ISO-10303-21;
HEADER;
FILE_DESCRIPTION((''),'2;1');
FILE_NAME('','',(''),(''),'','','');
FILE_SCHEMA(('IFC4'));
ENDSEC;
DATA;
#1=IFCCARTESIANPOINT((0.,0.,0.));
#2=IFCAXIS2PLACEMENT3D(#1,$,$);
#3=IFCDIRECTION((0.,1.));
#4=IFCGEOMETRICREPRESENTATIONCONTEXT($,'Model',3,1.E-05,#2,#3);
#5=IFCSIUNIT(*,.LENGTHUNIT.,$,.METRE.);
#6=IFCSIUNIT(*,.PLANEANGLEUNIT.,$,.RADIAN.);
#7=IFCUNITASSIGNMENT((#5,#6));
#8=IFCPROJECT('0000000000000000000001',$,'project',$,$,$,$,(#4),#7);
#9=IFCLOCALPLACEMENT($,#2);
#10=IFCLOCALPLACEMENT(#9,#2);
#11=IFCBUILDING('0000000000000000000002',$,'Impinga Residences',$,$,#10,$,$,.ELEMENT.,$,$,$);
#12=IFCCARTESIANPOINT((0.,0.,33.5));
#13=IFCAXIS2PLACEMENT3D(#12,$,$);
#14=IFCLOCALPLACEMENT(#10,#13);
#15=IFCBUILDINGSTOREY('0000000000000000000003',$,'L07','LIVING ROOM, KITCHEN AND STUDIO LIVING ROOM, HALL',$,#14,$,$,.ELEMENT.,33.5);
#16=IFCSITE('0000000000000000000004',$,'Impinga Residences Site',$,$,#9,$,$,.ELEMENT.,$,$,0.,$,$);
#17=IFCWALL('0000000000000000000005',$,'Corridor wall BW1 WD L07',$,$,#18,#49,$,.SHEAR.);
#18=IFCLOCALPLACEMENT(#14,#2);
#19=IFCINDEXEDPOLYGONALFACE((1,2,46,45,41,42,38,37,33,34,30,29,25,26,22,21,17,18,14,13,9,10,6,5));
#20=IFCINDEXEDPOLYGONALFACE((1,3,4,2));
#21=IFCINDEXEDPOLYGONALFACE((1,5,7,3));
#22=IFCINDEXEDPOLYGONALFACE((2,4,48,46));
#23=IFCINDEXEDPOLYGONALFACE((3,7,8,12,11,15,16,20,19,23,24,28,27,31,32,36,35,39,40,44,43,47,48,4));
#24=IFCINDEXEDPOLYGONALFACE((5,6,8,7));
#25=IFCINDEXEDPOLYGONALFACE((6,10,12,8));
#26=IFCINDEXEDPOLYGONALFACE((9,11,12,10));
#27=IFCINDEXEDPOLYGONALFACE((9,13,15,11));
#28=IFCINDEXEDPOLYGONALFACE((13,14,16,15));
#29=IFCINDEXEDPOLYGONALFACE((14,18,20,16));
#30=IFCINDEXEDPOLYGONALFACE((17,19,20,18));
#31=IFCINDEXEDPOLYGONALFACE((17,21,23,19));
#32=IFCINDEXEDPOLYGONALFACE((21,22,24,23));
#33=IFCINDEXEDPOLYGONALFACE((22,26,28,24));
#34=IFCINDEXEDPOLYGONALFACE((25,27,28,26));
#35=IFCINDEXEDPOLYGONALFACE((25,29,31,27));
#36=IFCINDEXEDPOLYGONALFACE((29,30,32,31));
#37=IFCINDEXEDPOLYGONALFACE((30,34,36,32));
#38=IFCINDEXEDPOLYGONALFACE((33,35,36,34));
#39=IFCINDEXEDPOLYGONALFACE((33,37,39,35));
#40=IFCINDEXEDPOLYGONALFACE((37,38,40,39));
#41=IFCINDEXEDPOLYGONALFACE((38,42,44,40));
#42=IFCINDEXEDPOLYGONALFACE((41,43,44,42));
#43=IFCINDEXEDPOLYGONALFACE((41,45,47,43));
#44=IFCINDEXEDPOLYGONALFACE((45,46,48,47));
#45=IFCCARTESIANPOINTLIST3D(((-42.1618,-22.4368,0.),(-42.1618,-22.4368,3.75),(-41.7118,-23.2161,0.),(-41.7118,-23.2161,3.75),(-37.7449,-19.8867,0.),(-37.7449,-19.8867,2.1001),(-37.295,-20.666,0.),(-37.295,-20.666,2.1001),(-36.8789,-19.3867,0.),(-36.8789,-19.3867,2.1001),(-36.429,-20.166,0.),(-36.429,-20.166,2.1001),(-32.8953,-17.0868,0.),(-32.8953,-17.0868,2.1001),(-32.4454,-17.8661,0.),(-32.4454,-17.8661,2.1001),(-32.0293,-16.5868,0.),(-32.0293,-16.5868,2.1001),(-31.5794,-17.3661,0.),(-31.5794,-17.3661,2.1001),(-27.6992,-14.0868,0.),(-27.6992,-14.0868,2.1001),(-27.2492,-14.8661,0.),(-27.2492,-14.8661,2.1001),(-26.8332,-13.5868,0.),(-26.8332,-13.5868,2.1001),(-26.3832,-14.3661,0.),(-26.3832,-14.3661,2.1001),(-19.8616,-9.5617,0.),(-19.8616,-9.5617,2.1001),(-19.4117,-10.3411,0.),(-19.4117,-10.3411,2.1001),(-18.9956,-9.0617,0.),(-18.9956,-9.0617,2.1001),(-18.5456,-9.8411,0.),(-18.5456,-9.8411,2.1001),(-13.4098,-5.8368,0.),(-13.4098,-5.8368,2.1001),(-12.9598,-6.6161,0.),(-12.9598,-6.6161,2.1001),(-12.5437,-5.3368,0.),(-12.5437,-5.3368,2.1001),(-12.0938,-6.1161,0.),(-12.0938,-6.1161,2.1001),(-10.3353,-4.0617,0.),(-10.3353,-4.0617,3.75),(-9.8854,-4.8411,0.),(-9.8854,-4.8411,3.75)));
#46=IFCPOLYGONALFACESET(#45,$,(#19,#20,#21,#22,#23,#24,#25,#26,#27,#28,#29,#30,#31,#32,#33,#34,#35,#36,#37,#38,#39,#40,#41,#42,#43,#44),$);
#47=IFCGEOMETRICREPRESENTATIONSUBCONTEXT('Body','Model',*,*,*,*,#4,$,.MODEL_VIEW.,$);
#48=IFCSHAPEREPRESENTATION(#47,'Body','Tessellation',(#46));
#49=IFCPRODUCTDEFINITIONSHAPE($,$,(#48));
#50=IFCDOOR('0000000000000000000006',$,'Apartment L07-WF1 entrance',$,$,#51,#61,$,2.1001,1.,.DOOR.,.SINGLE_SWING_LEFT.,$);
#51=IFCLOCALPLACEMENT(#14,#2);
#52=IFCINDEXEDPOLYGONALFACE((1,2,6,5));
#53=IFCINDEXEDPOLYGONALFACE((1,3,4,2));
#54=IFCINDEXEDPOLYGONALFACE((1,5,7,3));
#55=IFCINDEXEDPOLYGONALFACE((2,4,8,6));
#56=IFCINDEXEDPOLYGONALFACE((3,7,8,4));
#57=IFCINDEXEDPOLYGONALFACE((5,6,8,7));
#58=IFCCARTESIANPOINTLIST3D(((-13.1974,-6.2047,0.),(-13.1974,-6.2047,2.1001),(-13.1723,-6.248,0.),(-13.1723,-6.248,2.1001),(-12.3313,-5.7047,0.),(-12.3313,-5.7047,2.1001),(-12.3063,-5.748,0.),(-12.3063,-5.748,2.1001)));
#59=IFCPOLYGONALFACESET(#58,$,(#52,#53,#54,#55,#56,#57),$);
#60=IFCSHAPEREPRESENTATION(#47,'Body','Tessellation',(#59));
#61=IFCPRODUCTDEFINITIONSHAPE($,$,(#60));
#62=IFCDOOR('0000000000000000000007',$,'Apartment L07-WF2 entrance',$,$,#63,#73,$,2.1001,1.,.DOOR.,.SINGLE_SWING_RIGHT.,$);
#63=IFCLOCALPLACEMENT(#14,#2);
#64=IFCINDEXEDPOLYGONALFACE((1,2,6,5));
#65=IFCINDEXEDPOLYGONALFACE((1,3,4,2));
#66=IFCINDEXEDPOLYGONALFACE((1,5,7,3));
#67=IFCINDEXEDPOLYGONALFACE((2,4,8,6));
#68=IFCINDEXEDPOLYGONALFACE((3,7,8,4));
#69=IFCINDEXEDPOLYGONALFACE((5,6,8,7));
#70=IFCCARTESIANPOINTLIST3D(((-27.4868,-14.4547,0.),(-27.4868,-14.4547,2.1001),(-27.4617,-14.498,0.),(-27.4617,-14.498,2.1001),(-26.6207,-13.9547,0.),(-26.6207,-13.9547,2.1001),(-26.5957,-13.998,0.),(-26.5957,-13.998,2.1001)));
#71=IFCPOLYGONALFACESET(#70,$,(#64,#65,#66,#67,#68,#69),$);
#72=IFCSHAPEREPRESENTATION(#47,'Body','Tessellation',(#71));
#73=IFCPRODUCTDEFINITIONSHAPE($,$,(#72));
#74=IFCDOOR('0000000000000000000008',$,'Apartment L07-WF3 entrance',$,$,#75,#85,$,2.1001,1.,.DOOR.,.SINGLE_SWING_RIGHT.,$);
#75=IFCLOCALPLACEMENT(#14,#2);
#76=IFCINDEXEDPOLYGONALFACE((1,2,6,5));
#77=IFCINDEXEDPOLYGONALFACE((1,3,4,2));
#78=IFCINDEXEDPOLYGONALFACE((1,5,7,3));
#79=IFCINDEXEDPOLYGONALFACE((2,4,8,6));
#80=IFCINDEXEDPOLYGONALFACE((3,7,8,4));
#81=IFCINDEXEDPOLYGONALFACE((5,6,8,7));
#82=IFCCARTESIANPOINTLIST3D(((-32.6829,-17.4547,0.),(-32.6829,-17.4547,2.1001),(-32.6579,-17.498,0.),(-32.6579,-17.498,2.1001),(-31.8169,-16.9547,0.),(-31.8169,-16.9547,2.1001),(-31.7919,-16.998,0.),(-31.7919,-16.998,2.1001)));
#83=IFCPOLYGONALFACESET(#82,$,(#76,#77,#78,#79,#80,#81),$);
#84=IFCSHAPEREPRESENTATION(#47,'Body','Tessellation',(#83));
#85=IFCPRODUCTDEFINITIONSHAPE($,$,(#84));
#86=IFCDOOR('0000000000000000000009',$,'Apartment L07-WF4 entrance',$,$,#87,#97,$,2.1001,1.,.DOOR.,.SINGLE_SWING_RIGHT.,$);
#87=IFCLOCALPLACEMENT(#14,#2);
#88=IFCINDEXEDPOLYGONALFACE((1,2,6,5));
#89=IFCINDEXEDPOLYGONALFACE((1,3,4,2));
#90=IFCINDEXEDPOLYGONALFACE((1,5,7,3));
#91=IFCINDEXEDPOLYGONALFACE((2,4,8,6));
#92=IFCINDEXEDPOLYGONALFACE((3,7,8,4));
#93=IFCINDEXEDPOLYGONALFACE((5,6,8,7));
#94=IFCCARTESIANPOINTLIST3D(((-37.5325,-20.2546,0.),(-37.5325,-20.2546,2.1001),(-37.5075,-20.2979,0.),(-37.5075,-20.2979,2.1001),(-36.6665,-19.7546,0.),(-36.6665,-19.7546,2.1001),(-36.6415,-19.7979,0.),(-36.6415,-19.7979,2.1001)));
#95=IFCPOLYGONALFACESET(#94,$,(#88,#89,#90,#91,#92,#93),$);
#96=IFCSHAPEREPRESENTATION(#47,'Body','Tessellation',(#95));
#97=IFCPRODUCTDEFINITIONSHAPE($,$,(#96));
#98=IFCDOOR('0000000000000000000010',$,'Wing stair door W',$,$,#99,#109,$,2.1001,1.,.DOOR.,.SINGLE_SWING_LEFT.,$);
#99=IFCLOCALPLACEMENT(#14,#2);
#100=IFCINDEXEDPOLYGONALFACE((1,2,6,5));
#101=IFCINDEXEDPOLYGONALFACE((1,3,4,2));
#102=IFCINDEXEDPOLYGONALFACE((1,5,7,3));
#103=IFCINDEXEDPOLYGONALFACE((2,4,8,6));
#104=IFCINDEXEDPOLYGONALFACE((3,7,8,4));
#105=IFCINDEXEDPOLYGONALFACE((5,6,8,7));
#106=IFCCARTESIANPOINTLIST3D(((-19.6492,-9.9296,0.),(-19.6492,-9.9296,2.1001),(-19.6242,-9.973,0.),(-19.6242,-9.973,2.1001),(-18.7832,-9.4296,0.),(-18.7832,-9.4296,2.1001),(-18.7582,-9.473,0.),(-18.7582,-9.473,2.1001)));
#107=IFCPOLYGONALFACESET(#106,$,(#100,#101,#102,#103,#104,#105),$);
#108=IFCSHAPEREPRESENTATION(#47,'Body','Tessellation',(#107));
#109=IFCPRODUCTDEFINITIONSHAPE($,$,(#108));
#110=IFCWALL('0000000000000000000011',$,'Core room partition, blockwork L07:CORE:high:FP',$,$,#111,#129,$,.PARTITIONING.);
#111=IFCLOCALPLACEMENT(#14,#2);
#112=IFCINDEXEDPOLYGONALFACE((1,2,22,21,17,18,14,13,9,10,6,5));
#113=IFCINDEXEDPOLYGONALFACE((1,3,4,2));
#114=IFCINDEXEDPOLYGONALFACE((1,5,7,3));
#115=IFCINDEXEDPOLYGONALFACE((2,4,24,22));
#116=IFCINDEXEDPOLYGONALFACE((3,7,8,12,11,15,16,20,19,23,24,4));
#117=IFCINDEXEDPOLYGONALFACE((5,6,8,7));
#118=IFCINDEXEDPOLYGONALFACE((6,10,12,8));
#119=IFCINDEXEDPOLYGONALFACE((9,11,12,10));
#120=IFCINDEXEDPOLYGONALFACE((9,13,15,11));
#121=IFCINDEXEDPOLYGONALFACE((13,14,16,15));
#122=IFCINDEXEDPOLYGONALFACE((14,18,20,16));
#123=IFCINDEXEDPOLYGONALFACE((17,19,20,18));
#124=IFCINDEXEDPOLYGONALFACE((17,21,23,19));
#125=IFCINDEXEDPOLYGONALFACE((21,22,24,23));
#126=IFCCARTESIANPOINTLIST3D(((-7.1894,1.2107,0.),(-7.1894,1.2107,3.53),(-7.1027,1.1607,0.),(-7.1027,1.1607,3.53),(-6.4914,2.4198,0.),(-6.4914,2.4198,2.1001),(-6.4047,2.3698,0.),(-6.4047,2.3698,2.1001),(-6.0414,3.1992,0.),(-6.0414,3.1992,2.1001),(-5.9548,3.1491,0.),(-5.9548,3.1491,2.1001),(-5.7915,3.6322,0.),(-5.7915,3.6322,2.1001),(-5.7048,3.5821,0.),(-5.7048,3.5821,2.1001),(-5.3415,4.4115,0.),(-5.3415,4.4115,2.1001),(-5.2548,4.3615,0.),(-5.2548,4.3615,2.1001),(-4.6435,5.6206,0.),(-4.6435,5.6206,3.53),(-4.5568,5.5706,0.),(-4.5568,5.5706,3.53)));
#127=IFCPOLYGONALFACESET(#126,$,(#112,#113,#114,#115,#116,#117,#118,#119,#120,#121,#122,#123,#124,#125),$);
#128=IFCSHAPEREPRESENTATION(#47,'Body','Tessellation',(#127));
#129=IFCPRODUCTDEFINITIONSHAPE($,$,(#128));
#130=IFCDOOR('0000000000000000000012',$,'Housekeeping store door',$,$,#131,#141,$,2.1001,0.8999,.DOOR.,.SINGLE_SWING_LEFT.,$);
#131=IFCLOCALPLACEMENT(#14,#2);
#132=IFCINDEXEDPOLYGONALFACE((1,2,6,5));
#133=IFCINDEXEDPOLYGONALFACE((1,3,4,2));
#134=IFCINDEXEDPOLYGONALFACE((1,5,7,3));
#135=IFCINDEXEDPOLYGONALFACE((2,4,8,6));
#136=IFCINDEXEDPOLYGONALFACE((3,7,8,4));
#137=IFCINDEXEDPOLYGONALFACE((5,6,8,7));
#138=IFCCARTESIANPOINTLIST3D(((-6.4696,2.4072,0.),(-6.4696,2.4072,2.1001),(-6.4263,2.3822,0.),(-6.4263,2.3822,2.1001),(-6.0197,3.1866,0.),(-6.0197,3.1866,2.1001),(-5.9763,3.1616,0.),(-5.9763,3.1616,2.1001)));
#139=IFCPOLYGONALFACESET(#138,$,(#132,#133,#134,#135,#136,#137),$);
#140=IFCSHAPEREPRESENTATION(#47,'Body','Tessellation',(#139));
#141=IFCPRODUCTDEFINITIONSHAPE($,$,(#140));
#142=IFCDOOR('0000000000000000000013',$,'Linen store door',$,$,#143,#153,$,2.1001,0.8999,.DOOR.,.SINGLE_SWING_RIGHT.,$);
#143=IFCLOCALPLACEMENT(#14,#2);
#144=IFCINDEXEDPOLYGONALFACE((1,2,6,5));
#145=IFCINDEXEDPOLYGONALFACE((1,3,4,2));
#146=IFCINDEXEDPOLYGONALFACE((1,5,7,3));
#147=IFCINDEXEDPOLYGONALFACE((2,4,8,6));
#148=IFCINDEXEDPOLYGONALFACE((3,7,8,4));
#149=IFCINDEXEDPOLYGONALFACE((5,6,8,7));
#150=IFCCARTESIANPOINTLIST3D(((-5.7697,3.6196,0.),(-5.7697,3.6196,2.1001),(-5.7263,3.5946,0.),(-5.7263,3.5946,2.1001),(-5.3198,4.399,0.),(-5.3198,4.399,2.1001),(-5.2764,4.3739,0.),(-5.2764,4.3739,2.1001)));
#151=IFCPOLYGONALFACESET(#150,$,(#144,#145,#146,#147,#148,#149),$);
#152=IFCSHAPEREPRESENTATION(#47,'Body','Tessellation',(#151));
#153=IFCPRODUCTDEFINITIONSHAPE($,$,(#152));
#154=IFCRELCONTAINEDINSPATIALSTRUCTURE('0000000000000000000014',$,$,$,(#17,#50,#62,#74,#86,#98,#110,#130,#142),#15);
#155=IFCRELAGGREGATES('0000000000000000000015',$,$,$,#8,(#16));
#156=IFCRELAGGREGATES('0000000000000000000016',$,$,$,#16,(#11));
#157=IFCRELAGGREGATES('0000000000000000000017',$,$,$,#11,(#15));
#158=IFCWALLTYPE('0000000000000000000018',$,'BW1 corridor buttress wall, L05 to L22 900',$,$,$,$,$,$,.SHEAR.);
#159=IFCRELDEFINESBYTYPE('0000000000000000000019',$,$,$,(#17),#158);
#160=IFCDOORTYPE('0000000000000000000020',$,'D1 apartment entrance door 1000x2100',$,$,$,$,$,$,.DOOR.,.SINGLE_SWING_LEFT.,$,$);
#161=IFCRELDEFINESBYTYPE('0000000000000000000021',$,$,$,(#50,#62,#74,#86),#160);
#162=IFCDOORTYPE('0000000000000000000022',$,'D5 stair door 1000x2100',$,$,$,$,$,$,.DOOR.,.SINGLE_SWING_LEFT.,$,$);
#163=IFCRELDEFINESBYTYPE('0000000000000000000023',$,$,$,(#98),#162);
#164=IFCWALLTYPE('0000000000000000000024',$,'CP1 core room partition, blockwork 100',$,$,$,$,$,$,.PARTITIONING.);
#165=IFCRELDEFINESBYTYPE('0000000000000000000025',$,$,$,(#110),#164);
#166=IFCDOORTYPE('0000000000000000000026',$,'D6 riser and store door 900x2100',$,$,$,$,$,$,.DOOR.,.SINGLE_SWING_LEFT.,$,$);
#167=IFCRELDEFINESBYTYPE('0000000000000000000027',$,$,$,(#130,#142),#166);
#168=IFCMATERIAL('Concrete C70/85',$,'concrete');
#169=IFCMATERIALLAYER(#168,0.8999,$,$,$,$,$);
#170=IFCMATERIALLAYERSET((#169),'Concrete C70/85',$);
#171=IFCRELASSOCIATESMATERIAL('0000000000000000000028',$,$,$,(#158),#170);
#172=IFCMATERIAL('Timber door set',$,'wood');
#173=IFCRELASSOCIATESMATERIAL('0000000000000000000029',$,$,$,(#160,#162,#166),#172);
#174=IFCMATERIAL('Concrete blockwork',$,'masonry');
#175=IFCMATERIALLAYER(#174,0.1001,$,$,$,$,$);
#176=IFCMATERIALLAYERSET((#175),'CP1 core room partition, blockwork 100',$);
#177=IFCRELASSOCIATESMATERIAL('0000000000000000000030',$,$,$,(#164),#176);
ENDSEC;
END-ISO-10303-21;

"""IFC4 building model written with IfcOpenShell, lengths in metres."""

from ifc_helpers import new_model, si_unit, direction, frame, frame_2d, origin, place, context, subcontext, project, spatial, rectangle, extrude, material, layer, layer_set, type_object, element, fill, save


model = new_model("IFC4")

# Units and contexts
model_context = context("Model", 3, precision=1e-05, world=origin(), true_north=direction((0.0, 1.0)))
body_context = subcontext(model_context, "Body", "Model", "MODEL_VIEW")
ifc_project = project(units=[si_unit("LENGTHUNIT", "METRE"), si_unit("PLANEANGLEUNIT", "RADIAN")], contexts=[model_context])

# Site, building, storey
site_placement = place(None, origin())
site = spatial("IfcSite", under=ifc_project, at=site_placement, Name="Impinga Residences Site", CompositionType="ELEMENT", RefElevation=0.0)
building_placement = place(site_placement, origin())
building = spatial("IfcBuilding", under=site, at=building_placement, Name="Impinga Residences", CompositionType="ELEMENT")
storey_placement = place(building_placement, frame((0.0, 0.0, 33.5)))
storey = spatial("IfcBuildingStorey", under=building, at=storey_placement, Name="L07", Description="LIVING ROOM, KITCHEN AND STUDIO LIVING ROOM, HALL", CompositionType="ELEMENT", Elevation=33.5)

# Walls, openings, doors
ifc_material_1 = material(Name="Concrete C70/85", Category="concrete")
ifc_layer_1 = layer(ifc_material_1, 0.8999)
ifc_layer_set_1 = layer_set([ifc_layer_1], Name="Concrete C70/85")
wall_type_1 = type_object("IfcWallType", Name="BW1 corridor buttress wall, L05 to L22 900", PredefinedType="SHEAR", material=ifc_layer_set_1)
wall_1_placement = place(storey_placement, frame((-10.1104, -4.4514, 0.0), z_axis=(0.0, 0.0, 1.0), x_axis=(-0.866025, -0.5, 0.0)))
wall_1 = element("IfcWall", 1, at=wall_1_placement, inside=storey, type_object=wall_type_1, Name="Corridor wall BW1 WD L07", PredefinedType="SHEAR", context=body_context, shape_type="SweptSolid", body=[
    extrude(rectangle(XDim=36.75, YDim=0.8999, at=frame_2d((18.375, 0.0))), origin(), (0.0, 0.0, 1.0), 3.75),
])
opening_1_placement = place(wall_1_placement, frame((10.0, 0.0, 0.0)))
opening_1 = element("IfcOpeningElement", 2, at=opening_1_placement, cuts=wall_1, PredefinedType="OPENING", context=body_context, shape_type="SweptSolid", body=[
    extrude(rectangle(XDim=1.0, YDim=2.1001, at=frame_2d((0.5, 1.05))), frame((0.0, 0.46, 0.0), z_axis=(0.0, -1.0, 0.0), x_axis=(1.0, 0.0, 0.0)), (0.0, 0.0, 1.0), 0.9199),
])
opening_2_placement = place(wall_1_placement, frame((2.55, 0.0, 0.0)))
opening_2 = element("IfcOpeningElement", 3, at=opening_2_placement, cuts=wall_1, PredefinedType="OPENING", context=body_context, shape_type="SweptSolid", body=[
    extrude(rectangle(XDim=1.0, YDim=2.1001, at=frame_2d((0.5, 1.05))), frame((0.0, 0.46, 0.0), z_axis=(0.0, -1.0, 0.0), x_axis=(1.0, 0.0, 0.0)), (0.0, 0.0, 1.0), 0.9199),
])
opening_3_placement = place(wall_1_placement, frame((19.05, 0.0, 0.0)))
opening_3 = element("IfcOpeningElement", 4, at=opening_3_placement, cuts=wall_1, PredefinedType="OPENING", context=body_context, shape_type="SweptSolid", body=[
    extrude(rectangle(XDim=1.0, YDim=2.1001, at=frame_2d((0.5, 1.05))), frame((0.0, 0.46, 0.0), z_axis=(0.0, -1.0, 0.0), x_axis=(1.0, 0.0, 0.0)), (0.0, 0.0, 1.0), 0.9199),
])
opening_4_placement = place(wall_1_placement, frame((25.05, 0.0, 0.0)))
opening_4 = element("IfcOpeningElement", 5, at=opening_4_placement, cuts=wall_1, PredefinedType="OPENING", context=body_context, shape_type="SweptSolid", body=[
    extrude(rectangle(XDim=1.0, YDim=2.1001, at=frame_2d((0.5, 1.05))), frame((0.0, 0.46, 0.0), z_axis=(0.0, -1.0, 0.0), x_axis=(1.0, 0.0, 0.0)), (0.0, 0.0, 1.0), 0.9199),
])
opening_5_placement = place(wall_1_placement, frame((30.6499, 0.0, 0.0)))
opening_5 = element("IfcOpeningElement", 6, at=opening_5_placement, cuts=wall_1, PredefinedType="OPENING", context=body_context, shape_type="SweptSolid", body=[
    extrude(rectangle(XDim=1.0, YDim=2.1001, at=frame_2d((0.5, 1.05))), frame((0.0, 0.46, 0.0), z_axis=(0.0, -1.0, 0.0), x_axis=(1.0, 0.0, 0.0)), (0.0, 0.0, 1.0), 0.9199),
])
ifc_material_2 = material(Name="Timber door set", Category="wood")
door_type_1 = type_object("IfcDoorType", Name="D1 apartment entrance door 1000x2100", OperationType="SINGLE_SWING_LEFT", PredefinedType="DOOR", material=ifc_material_2)
door_1_placement = place(opening_2_placement, origin())
door_1 = element("IfcDoor", 7, at=door_1_placement, inside=storey, type_object=door_type_1, Name="Apartment L07-WF1 entrance", OperationType="SINGLE_SWING_LEFT", OverallHeight=2.1001, OverallWidth=1.0, PredefinedType="DOOR", context=body_context, shape_type="SweptSolid", body=[
    extrude(rectangle(XDim=1.0, YDim=2.1001, at=frame_2d((0.5, 1.05))), frame((0.0, 0.0249, 0.0), z_axis=(0.0, -1.0, 0.0), x_axis=(1.0, 0.0, 0.0)), (0.0, 0.0, 1.0), 0.05),
])
fill(opening_2, door_1)
door_2_placement = place(opening_3_placement, origin())
door_2 = element("IfcDoor", 8, at=door_2_placement, inside=storey, type_object=door_type_1, Name="Apartment L07-WF2 entrance", OperationType="SINGLE_SWING_RIGHT", OverallHeight=2.1001, OverallWidth=1.0, PredefinedType="DOOR", context=body_context, shape_type="SweptSolid", body=[
    extrude(rectangle(XDim=1.0, YDim=2.1001, at=frame_2d((0.5, 1.05))), frame((0.0, 0.0249, 0.0), z_axis=(0.0, -1.0, 0.0), x_axis=(1.0, 0.0, 0.0)), (0.0, 0.0, 1.0), 0.05),
])
fill(opening_3, door_2)
door_3_placement = place(opening_4_placement, origin())
door_3 = element("IfcDoor", 9, at=door_3_placement, inside=storey, type_object=door_type_1, Name="Apartment L07-WF3 entrance", OperationType="SINGLE_SWING_RIGHT", OverallHeight=2.1001, OverallWidth=1.0, PredefinedType="DOOR", context=body_context, shape_type="SweptSolid", body=[
    extrude(rectangle(XDim=1.0, YDim=2.1001, at=frame_2d((0.5, 1.05))), frame((0.0, 0.0249, 0.0), z_axis=(0.0, -1.0, 0.0), x_axis=(1.0, 0.0, 0.0)), (0.0, 0.0, 1.0), 0.05),
])
fill(opening_4, door_3)
door_4_placement = place(opening_5_placement, origin())
door_4 = element("IfcDoor", 10, at=door_4_placement, inside=storey, type_object=door_type_1, Name="Apartment L07-WF4 entrance", OperationType="SINGLE_SWING_RIGHT", OverallHeight=2.1001, OverallWidth=1.0, PredefinedType="DOOR", context=body_context, shape_type="SweptSolid", body=[
    extrude(rectangle(XDim=1.0, YDim=2.1001, at=frame_2d((0.5, 1.05))), frame((0.0, 0.0249, 0.0), z_axis=(0.0, -1.0, 0.0), x_axis=(1.0, 0.0, 0.0)), (0.0, 0.0, 1.0), 0.05),
])
fill(opening_5, door_4)
door_type_2 = type_object("IfcDoorType", Name="D5 stair door 1000x2100", OperationType="SINGLE_SWING_LEFT", PredefinedType="DOOR", material=ifc_material_2)
door_5_placement = place(opening_1_placement, origin())
door_5 = element("IfcDoor", 11, at=door_5_placement, inside=storey, type_object=door_type_2, Name="Wing stair door W", OperationType="SINGLE_SWING_LEFT", OverallHeight=2.1001, OverallWidth=1.0, PredefinedType="DOOR", context=body_context, shape_type="SweptSolid", body=[
    extrude(rectangle(XDim=1.0, YDim=2.1001, at=frame_2d((0.5, 1.05))), frame((0.0, 0.0249, 0.0), z_axis=(0.0, -1.0, 0.0), x_axis=(1.0, 0.0, 0.0)), (0.0, 0.0, 1.0), 0.05),
])
fill(opening_1, door_5)
ifc_material_3 = material(Name="Concrete blockwork", Category="masonry")
ifc_layer_2 = layer(ifc_material_3, 0.1001)
ifc_layer_set_2 = layer_set([ifc_layer_2], Name="CP1 core room partition, blockwork 100")
wall_type_2 = type_object("IfcWallType", Name="CP1 core room partition, blockwork 100", PredefinedType="PARTITIONING", material=ifc_layer_set_2)
wall_2_placement = place(storey_placement, frame((-7.146, 1.1858, 0.0), z_axis=(0.0, 0.0, 1.0), x_axis=(0.499976, 0.866039, 0.0)))
wall_2 = element("IfcWall", 12, at=wall_2_placement, inside=storey, type_object=wall_type_2, Name="Core room partition, blockwork L07:CORE:high:FP", PredefinedType="PARTITIONING", context=body_context, shape_type="SweptSolid", body=[
    extrude(rectangle(XDim=5.092, YDim=0.1001, at=frame_2d((2.5459, 0.0))), origin(), (0.0, 0.0, 1.0), 3.53),
])
opening_6_placement = place(wall_2_placement, frame((1.396, 0.0, 0.0)))
opening_6 = element("IfcOpeningElement", 13, at=opening_6_placement, cuts=wall_2, PredefinedType="OPENING", context=body_context, shape_type="SweptSolid", body=[
    extrude(rectangle(XDim=0.8999, YDim=2.1001, at=frame_2d((0.45, 1.05))), frame((0.0, 0.0601, 0.0), z_axis=(0.0, -1.0, 0.0), x_axis=(1.0, 0.0, 0.0)), (0.0, 0.0, 1.0), 0.1201),
])
opening_7_placement = place(wall_2_placement, frame((2.7959, 0.0, 0.0)))
opening_7 = element("IfcOpeningElement", 14, at=opening_7_placement, cuts=wall_2, PredefinedType="OPENING", context=body_context, shape_type="SweptSolid", body=[
    extrude(rectangle(XDim=0.8999, YDim=2.1001, at=frame_2d((0.45, 1.05))), frame((0.0, 0.0601, 0.0), z_axis=(0.0, -1.0, 0.0), x_axis=(1.0, 0.0, 0.0)), (0.0, 0.0, 1.0), 0.1201),
])
door_type_3 = type_object("IfcDoorType", Name="D6 riser and store door 900x2100", OperationType="SINGLE_SWING_LEFT", PredefinedType="DOOR", material=ifc_material_2)
door_6_placement = place(opening_6_placement, origin())
door_6 = element("IfcDoor", 15, at=door_6_placement, inside=storey, type_object=door_type_3, Name="Housekeeping store door", OperationType="SINGLE_SWING_LEFT", OverallHeight=2.1001, OverallWidth=0.8999, PredefinedType="DOOR", context=body_context, shape_type="SweptSolid", body=[
    extrude(rectangle(XDim=0.8999, YDim=2.1001, at=frame_2d((0.45, 1.05))), frame((0.0, 0.0249, 0.0), z_axis=(0.0, -1.0, 0.0), x_axis=(1.0, 0.0, 0.0)), (0.0, 0.0, 1.0), 0.05),
])
fill(opening_6, door_6)
door_7_placement = place(opening_7_placement, origin())
door_7 = element("IfcDoor", 16, at=door_7_placement, inside=storey, type_object=door_type_3, Name="Linen store door", OperationType="SINGLE_SWING_RIGHT", OverallHeight=2.1001, OverallWidth=0.8999, PredefinedType="DOOR", context=body_context, shape_type="SweptSolid", body=[
    extrude(rectangle(XDim=0.8999, YDim=2.1001, at=frame_2d((0.45, 1.05))), frame((0.0, 0.0249, 0.0), z_axis=(0.0, -1.0, 0.0), x_axis=(1.0, 0.0, 0.0)), (0.0, 0.0, 1.0), 0.05),
])
fill(opening_7, door_7)

save(model, "model.ifc")
